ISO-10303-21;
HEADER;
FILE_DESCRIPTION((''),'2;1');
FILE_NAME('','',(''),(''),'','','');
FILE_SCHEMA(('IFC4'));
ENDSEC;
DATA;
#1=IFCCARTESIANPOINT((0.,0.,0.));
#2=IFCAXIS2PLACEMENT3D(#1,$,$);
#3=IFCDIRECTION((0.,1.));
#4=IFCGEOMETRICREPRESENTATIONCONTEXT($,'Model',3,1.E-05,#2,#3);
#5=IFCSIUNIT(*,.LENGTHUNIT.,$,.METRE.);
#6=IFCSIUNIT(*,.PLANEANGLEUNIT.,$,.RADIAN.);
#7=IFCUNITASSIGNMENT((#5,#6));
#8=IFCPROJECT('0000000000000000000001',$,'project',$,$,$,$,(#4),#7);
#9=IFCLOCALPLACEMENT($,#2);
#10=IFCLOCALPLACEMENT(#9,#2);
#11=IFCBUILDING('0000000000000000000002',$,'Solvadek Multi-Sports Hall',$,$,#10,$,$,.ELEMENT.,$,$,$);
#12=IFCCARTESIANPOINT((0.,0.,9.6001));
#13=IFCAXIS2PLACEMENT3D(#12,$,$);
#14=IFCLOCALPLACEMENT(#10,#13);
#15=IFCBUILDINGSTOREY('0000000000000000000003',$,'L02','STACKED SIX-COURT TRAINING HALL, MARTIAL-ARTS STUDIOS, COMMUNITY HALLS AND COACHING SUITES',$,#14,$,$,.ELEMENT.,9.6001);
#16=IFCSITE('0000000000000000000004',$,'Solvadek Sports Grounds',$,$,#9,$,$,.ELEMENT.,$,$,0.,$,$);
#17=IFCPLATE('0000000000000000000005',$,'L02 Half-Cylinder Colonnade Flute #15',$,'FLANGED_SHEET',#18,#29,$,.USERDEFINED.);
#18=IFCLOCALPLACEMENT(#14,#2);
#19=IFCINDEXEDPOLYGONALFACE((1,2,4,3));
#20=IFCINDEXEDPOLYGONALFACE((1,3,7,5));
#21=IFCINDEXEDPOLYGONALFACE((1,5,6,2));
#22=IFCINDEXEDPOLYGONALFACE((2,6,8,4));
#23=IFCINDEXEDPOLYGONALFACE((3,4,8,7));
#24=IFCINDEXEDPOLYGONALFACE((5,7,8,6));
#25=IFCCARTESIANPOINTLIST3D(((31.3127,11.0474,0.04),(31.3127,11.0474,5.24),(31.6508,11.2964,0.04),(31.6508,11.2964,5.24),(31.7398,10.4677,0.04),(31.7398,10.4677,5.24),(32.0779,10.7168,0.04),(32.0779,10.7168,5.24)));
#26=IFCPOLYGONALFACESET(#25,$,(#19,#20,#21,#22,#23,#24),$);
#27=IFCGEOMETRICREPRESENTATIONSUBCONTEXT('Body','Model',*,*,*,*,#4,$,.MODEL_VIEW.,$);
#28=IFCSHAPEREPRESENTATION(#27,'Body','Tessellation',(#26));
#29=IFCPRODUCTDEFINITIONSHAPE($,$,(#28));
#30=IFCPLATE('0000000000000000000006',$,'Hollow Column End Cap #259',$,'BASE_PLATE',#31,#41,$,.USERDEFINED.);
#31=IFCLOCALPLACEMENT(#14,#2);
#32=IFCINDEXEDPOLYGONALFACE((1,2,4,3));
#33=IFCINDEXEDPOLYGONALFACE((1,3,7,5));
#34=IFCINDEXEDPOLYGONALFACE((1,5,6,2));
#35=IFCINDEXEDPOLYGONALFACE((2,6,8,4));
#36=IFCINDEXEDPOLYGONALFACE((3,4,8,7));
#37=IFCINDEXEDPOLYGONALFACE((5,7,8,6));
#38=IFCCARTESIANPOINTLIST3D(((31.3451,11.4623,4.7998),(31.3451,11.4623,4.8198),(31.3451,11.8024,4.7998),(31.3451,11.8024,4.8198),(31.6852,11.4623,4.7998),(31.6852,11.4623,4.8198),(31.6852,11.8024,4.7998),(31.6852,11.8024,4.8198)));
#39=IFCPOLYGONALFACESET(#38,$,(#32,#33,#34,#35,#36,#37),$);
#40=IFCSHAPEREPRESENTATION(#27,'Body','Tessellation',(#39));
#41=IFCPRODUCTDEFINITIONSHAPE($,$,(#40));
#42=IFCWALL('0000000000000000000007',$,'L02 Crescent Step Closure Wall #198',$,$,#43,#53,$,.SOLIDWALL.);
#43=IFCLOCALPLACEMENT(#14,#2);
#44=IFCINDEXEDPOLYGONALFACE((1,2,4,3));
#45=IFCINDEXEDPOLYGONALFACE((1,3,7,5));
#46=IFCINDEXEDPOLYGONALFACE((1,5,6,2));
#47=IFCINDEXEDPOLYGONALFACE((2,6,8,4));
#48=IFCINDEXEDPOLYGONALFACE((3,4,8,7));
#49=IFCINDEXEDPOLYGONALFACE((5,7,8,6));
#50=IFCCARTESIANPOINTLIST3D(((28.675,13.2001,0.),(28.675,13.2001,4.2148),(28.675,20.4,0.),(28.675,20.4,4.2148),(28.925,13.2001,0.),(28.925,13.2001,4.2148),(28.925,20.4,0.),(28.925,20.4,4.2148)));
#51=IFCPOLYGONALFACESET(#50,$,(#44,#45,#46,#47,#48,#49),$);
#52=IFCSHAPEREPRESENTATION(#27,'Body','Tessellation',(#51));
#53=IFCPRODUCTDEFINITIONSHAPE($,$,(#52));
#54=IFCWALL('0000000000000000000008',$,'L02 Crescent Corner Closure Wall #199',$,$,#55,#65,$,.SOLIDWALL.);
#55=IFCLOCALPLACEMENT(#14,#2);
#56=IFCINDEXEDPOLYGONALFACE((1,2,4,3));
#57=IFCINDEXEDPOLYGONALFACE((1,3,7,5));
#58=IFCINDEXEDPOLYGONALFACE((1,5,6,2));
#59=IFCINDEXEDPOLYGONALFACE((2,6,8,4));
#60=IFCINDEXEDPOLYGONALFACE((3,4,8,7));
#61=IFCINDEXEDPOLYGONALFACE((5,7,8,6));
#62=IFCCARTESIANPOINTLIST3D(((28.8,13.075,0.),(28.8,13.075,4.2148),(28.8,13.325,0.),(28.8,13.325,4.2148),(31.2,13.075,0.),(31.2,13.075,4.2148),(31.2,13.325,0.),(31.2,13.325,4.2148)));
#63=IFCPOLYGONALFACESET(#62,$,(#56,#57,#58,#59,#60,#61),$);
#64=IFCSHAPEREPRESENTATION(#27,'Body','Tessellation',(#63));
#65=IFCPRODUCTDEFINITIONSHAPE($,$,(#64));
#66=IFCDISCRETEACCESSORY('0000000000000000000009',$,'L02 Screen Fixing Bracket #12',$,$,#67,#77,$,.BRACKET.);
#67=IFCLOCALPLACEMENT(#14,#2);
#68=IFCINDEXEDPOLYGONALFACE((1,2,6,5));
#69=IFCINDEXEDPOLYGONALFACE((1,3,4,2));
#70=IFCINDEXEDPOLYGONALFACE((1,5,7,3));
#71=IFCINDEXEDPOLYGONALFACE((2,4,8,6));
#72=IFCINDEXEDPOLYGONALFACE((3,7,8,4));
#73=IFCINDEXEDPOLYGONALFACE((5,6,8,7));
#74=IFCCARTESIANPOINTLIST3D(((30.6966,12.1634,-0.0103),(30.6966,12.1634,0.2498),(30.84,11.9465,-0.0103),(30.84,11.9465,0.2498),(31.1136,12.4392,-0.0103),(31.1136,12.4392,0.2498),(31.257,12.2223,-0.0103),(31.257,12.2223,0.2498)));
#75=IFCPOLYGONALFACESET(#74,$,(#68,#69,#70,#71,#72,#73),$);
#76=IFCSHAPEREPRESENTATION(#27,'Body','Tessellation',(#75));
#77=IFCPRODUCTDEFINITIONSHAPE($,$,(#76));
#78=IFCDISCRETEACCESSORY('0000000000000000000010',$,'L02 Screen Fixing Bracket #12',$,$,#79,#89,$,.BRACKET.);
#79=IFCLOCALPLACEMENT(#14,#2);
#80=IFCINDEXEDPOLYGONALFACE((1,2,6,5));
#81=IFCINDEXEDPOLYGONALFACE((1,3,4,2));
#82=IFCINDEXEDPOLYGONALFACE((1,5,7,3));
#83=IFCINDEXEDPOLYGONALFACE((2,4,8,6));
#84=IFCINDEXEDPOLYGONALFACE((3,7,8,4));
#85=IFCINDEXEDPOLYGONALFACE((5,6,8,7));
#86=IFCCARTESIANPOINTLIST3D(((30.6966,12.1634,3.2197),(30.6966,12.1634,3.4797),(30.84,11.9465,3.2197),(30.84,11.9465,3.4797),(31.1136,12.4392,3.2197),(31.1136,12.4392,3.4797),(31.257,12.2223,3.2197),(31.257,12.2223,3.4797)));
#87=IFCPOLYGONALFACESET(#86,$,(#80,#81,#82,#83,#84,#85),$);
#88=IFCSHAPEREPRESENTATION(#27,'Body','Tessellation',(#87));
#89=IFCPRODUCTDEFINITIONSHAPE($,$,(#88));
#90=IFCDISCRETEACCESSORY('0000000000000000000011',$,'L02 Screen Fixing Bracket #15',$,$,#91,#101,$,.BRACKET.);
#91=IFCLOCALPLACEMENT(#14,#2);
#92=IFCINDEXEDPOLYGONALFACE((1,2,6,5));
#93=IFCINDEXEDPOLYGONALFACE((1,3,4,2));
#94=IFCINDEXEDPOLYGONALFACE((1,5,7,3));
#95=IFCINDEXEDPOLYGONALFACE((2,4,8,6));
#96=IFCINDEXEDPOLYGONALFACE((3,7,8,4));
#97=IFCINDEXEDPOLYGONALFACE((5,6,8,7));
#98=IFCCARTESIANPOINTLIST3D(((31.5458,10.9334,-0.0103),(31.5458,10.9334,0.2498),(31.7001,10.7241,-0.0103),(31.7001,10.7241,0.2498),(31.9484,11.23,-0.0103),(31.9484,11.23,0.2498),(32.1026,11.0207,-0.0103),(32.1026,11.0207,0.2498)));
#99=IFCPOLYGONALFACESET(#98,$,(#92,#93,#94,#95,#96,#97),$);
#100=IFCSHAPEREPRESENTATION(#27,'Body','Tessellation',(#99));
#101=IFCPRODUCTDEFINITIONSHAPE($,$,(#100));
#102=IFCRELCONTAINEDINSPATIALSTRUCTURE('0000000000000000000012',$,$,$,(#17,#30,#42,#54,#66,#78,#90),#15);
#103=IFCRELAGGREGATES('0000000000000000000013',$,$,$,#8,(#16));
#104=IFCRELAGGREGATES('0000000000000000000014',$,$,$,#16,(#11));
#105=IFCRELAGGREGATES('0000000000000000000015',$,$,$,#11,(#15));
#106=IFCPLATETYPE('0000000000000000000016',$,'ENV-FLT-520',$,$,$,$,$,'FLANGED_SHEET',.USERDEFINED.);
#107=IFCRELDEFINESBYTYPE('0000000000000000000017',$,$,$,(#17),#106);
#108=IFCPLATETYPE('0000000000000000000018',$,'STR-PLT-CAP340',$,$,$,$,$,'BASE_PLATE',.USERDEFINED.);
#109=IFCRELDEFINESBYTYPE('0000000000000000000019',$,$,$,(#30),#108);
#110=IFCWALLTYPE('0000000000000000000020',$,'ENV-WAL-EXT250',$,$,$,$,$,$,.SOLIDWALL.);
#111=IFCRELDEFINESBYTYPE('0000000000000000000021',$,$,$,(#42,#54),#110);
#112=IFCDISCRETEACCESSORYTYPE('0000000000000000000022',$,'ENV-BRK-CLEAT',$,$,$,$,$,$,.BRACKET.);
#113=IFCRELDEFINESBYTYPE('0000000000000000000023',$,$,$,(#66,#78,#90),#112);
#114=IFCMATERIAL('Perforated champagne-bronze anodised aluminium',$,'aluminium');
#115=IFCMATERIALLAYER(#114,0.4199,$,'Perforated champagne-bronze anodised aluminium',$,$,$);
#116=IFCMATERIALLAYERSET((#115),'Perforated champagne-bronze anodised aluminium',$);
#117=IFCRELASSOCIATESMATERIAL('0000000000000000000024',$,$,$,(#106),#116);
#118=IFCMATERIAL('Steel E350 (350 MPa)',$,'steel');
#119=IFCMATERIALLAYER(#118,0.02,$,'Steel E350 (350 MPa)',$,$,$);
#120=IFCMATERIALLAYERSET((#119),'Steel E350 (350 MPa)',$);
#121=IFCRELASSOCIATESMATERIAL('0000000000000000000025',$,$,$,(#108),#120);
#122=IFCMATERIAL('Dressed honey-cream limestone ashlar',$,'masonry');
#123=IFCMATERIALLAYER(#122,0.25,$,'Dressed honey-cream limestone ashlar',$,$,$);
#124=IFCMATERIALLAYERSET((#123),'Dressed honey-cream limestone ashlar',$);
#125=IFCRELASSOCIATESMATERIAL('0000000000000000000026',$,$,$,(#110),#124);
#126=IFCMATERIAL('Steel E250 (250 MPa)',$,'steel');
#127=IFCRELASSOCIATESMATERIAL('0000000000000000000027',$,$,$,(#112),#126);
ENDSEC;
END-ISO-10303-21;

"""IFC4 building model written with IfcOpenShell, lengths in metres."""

from ifc_helpers import new_model, si_unit, direction, frame, frame_2d, origin, origin_2d, place, context, subcontext, project, spatial, rectangle, extrude, material, layer, layer_set, type_object, element, save


model = new_model("IFC4")

# Units and contexts
model_context = context("Model", 3, precision=1e-05, world=origin(), true_north=direction((0.0, 1.0)))
body_context = subcontext(model_context, "Body", "Model", "MODEL_VIEW")
ifc_project = project(units=[si_unit("LENGTHUNIT", "METRE"), si_unit("PLANEANGLEUNIT", "RADIAN")], contexts=[model_context])

# Site, building, storey
site_placement = place(None, origin())
site = spatial("IfcSite", under=ifc_project, at=site_placement, Name="Solvadek Sports Grounds", CompositionType="ELEMENT", RefElevation=0.0)
building_placement = place(site_placement, origin())
building = spatial("IfcBuilding", under=site, at=building_placement, Name="Solvadek Multi-Sports Hall", CompositionType="ELEMENT")
storey_placement = place(building_placement, frame((0.0, 0.0, 9.6001)))
storey = spatial("IfcBuildingStorey", under=building, at=storey_placement, Name="L02", Description="STACKED SIX-COURT TRAINING HALL, MARTIAL-ARTS STUDIOS, COMMUNITY HALLS AND COACHING SUITES", CompositionType="ELEMENT", Elevation=9.6001)

# Shared definitions
ifc_material_1 = material(Name="Steel E350 (350 MPa)", Category="steel")

# Shared definitions
ifc_material_2 = material(Name="Steel E250 (250 MPa)", Category="steel")

# Plates
ifc_material_3 = material(Name="Perforated champagne-bronze anodised aluminium", Category="aluminium")
ifc_layer_1 = layer(ifc_material_3, 0.4199, Name="Perforated champagne-bronze anodised aluminium")
ifc_layer_set_1 = layer_set([ifc_layer_1], Name="Perforated champagne-bronze anodised aluminium")
plate_type_1 = type_object("IfcPlateType", Name="ENV-FLT-520", ElementType="FLANGED_SHEET", PredefinedType="USERDEFINED", material=ifc_layer_set_1)
for number, where, z_axis, x_axis, name in (
    (1, (31.6953, 10.8821, 0.04), (0.0, 0.0, 1.0), (0.593159, -0.805085, 0.0), "L02 Half-Cylinder Colonnade Flute #15"),
):
    element("IfcPlate", number, at=place(storey_placement, frame(where, z_axis=z_axis, x_axis=x_axis)), inside=storey, type_object=plate_type_1, Name=name, ObjectType="FLANGED_SHEET", PredefinedType="USERDEFINED", context=body_context, shape_type="SweptSolid", body=[
        extrude(rectangle(XDim=0.72, YDim=0.4199, at=origin_2d()), origin(), (0.0, 0.0, 1.0), 5.2),
    ])
ifc_layer_2 = layer(ifc_material_1, 0.02, Name="Steel E350 (350 MPa)")
ifc_layer_set_2 = layer_set([ifc_layer_2], Name="Steel E350 (350 MPa)")
plate_type_2 = type_object("IfcPlateType", Name="STR-PLT-CAP340", ElementType="BASE_PLATE", PredefinedType="USERDEFINED", material=ifc_layer_set_2)
plate_1_placement = place(storey_placement, frame((31.5151, 11.6323, 4.7998), z_axis=(0.0, 0.0, 1.0), x_axis=(1.0, 0.0, 0.0)))
element("IfcPlate", 2, at=plate_1_placement, inside=storey, type_object=plate_type_2, Name="Hollow Column End Cap #259", ObjectType="BASE_PLATE", PredefinedType="USERDEFINED", context=body_context, shape_type="SweptSolid", body=[
    extrude(rectangle(XDim=0.3401, YDim=0.3401, at=origin_2d()), origin(), (0.0, 0.0, 1.0), 0.02),
])

# Walls
ifc_material_4 = material(Name="Dressed honey-cream limestone ashlar", Category="masonry")
ifc_layer_3 = layer(ifc_material_4, 0.25, Name="Dressed honey-cream limestone ashlar")
ifc_layer_set_3 = layer_set([ifc_layer_3], Name="Dressed honey-cream limestone ashlar")
wall_type = type_object("IfcWallType", Name="ENV-WAL-EXT250", PredefinedType="SOLIDWALL", material=ifc_layer_set_3)
wall_1_placement = place(storey_placement, frame((28.8, 13.2, 0.0), z_axis=(0.0, 0.0, 1.0), x_axis=(0.0, 1.0, 0.0)))
element("IfcWall", 3, at=wall_1_placement, inside=storey, type_object=wall_type, Name="L02 Crescent Step Closure Wall #198", PredefinedType="SOLIDWALL", context=body_context, shape_type="SweptSolid", body=[
    extrude(rectangle(XDim=7.2, YDim=0.25, at=frame_2d((3.6001, 0.0))), origin(), (0.0, 0.0, 1.0), 4.2148),
])
wall_2_placement = place(storey_placement, frame((28.8, 13.2, 0.0), z_axis=(0.0, 0.0, 1.0), x_axis=(1.0, 0.0, 0.0)))
element("IfcWall", 4, at=wall_2_placement, inside=storey, type_object=wall_type, Name="L02 Crescent Corner Closure Wall #199", PredefinedType="SOLIDWALL", context=body_context, shape_type="SweptSolid", body=[
    extrude(rectangle(XDim=2.3999, YDim=0.25, at=frame_2d((1.2, 0.0))), origin(), (0.0, 0.0, 1.0), 4.2148),
])

# Discrete accessories
discrete_accessory_type = type_object("IfcDiscreteAccessoryType", Name="ENV-BRK-CLEAT", PredefinedType="BRACKET", material=ifc_material_2)
for number, where, z_axis, x_axis, name in (
    (5, (30.9768, 12.1929, -0.0103), (0.0, 0.0, 1.0), (0.55161, -0.834102, 0.0), "L02 Screen Fixing Bracket #12"),
    (6, (30.9768, 12.1929, 3.2197), (0.0, 0.0, 1.0), (0.55161, -0.834102, 0.0), "L02 Screen Fixing Bracket #12"),
    (7, (31.8242, 10.9771, -0.0103), (0.0, 0.0, 1.0), (0.593159, -0.805085, 0.0), "L02 Screen Fixing Bracket #15"),
):
    element("IfcDiscreteAccessory", number, at=place(storey_placement, frame(where, z_axis=z_axis, x_axis=x_axis)), inside=storey, type_object=discrete_accessory_type, Name=name, PredefinedType="BRACKET", context=body_context, shape_type="SweptSolid", body=[
        extrude(rectangle(XDim=0.26, YDim=0.5, at=origin_2d()), origin(), (0.0, 0.0, 1.0), 0.26),
    ])

save(model, "model.ifc")
